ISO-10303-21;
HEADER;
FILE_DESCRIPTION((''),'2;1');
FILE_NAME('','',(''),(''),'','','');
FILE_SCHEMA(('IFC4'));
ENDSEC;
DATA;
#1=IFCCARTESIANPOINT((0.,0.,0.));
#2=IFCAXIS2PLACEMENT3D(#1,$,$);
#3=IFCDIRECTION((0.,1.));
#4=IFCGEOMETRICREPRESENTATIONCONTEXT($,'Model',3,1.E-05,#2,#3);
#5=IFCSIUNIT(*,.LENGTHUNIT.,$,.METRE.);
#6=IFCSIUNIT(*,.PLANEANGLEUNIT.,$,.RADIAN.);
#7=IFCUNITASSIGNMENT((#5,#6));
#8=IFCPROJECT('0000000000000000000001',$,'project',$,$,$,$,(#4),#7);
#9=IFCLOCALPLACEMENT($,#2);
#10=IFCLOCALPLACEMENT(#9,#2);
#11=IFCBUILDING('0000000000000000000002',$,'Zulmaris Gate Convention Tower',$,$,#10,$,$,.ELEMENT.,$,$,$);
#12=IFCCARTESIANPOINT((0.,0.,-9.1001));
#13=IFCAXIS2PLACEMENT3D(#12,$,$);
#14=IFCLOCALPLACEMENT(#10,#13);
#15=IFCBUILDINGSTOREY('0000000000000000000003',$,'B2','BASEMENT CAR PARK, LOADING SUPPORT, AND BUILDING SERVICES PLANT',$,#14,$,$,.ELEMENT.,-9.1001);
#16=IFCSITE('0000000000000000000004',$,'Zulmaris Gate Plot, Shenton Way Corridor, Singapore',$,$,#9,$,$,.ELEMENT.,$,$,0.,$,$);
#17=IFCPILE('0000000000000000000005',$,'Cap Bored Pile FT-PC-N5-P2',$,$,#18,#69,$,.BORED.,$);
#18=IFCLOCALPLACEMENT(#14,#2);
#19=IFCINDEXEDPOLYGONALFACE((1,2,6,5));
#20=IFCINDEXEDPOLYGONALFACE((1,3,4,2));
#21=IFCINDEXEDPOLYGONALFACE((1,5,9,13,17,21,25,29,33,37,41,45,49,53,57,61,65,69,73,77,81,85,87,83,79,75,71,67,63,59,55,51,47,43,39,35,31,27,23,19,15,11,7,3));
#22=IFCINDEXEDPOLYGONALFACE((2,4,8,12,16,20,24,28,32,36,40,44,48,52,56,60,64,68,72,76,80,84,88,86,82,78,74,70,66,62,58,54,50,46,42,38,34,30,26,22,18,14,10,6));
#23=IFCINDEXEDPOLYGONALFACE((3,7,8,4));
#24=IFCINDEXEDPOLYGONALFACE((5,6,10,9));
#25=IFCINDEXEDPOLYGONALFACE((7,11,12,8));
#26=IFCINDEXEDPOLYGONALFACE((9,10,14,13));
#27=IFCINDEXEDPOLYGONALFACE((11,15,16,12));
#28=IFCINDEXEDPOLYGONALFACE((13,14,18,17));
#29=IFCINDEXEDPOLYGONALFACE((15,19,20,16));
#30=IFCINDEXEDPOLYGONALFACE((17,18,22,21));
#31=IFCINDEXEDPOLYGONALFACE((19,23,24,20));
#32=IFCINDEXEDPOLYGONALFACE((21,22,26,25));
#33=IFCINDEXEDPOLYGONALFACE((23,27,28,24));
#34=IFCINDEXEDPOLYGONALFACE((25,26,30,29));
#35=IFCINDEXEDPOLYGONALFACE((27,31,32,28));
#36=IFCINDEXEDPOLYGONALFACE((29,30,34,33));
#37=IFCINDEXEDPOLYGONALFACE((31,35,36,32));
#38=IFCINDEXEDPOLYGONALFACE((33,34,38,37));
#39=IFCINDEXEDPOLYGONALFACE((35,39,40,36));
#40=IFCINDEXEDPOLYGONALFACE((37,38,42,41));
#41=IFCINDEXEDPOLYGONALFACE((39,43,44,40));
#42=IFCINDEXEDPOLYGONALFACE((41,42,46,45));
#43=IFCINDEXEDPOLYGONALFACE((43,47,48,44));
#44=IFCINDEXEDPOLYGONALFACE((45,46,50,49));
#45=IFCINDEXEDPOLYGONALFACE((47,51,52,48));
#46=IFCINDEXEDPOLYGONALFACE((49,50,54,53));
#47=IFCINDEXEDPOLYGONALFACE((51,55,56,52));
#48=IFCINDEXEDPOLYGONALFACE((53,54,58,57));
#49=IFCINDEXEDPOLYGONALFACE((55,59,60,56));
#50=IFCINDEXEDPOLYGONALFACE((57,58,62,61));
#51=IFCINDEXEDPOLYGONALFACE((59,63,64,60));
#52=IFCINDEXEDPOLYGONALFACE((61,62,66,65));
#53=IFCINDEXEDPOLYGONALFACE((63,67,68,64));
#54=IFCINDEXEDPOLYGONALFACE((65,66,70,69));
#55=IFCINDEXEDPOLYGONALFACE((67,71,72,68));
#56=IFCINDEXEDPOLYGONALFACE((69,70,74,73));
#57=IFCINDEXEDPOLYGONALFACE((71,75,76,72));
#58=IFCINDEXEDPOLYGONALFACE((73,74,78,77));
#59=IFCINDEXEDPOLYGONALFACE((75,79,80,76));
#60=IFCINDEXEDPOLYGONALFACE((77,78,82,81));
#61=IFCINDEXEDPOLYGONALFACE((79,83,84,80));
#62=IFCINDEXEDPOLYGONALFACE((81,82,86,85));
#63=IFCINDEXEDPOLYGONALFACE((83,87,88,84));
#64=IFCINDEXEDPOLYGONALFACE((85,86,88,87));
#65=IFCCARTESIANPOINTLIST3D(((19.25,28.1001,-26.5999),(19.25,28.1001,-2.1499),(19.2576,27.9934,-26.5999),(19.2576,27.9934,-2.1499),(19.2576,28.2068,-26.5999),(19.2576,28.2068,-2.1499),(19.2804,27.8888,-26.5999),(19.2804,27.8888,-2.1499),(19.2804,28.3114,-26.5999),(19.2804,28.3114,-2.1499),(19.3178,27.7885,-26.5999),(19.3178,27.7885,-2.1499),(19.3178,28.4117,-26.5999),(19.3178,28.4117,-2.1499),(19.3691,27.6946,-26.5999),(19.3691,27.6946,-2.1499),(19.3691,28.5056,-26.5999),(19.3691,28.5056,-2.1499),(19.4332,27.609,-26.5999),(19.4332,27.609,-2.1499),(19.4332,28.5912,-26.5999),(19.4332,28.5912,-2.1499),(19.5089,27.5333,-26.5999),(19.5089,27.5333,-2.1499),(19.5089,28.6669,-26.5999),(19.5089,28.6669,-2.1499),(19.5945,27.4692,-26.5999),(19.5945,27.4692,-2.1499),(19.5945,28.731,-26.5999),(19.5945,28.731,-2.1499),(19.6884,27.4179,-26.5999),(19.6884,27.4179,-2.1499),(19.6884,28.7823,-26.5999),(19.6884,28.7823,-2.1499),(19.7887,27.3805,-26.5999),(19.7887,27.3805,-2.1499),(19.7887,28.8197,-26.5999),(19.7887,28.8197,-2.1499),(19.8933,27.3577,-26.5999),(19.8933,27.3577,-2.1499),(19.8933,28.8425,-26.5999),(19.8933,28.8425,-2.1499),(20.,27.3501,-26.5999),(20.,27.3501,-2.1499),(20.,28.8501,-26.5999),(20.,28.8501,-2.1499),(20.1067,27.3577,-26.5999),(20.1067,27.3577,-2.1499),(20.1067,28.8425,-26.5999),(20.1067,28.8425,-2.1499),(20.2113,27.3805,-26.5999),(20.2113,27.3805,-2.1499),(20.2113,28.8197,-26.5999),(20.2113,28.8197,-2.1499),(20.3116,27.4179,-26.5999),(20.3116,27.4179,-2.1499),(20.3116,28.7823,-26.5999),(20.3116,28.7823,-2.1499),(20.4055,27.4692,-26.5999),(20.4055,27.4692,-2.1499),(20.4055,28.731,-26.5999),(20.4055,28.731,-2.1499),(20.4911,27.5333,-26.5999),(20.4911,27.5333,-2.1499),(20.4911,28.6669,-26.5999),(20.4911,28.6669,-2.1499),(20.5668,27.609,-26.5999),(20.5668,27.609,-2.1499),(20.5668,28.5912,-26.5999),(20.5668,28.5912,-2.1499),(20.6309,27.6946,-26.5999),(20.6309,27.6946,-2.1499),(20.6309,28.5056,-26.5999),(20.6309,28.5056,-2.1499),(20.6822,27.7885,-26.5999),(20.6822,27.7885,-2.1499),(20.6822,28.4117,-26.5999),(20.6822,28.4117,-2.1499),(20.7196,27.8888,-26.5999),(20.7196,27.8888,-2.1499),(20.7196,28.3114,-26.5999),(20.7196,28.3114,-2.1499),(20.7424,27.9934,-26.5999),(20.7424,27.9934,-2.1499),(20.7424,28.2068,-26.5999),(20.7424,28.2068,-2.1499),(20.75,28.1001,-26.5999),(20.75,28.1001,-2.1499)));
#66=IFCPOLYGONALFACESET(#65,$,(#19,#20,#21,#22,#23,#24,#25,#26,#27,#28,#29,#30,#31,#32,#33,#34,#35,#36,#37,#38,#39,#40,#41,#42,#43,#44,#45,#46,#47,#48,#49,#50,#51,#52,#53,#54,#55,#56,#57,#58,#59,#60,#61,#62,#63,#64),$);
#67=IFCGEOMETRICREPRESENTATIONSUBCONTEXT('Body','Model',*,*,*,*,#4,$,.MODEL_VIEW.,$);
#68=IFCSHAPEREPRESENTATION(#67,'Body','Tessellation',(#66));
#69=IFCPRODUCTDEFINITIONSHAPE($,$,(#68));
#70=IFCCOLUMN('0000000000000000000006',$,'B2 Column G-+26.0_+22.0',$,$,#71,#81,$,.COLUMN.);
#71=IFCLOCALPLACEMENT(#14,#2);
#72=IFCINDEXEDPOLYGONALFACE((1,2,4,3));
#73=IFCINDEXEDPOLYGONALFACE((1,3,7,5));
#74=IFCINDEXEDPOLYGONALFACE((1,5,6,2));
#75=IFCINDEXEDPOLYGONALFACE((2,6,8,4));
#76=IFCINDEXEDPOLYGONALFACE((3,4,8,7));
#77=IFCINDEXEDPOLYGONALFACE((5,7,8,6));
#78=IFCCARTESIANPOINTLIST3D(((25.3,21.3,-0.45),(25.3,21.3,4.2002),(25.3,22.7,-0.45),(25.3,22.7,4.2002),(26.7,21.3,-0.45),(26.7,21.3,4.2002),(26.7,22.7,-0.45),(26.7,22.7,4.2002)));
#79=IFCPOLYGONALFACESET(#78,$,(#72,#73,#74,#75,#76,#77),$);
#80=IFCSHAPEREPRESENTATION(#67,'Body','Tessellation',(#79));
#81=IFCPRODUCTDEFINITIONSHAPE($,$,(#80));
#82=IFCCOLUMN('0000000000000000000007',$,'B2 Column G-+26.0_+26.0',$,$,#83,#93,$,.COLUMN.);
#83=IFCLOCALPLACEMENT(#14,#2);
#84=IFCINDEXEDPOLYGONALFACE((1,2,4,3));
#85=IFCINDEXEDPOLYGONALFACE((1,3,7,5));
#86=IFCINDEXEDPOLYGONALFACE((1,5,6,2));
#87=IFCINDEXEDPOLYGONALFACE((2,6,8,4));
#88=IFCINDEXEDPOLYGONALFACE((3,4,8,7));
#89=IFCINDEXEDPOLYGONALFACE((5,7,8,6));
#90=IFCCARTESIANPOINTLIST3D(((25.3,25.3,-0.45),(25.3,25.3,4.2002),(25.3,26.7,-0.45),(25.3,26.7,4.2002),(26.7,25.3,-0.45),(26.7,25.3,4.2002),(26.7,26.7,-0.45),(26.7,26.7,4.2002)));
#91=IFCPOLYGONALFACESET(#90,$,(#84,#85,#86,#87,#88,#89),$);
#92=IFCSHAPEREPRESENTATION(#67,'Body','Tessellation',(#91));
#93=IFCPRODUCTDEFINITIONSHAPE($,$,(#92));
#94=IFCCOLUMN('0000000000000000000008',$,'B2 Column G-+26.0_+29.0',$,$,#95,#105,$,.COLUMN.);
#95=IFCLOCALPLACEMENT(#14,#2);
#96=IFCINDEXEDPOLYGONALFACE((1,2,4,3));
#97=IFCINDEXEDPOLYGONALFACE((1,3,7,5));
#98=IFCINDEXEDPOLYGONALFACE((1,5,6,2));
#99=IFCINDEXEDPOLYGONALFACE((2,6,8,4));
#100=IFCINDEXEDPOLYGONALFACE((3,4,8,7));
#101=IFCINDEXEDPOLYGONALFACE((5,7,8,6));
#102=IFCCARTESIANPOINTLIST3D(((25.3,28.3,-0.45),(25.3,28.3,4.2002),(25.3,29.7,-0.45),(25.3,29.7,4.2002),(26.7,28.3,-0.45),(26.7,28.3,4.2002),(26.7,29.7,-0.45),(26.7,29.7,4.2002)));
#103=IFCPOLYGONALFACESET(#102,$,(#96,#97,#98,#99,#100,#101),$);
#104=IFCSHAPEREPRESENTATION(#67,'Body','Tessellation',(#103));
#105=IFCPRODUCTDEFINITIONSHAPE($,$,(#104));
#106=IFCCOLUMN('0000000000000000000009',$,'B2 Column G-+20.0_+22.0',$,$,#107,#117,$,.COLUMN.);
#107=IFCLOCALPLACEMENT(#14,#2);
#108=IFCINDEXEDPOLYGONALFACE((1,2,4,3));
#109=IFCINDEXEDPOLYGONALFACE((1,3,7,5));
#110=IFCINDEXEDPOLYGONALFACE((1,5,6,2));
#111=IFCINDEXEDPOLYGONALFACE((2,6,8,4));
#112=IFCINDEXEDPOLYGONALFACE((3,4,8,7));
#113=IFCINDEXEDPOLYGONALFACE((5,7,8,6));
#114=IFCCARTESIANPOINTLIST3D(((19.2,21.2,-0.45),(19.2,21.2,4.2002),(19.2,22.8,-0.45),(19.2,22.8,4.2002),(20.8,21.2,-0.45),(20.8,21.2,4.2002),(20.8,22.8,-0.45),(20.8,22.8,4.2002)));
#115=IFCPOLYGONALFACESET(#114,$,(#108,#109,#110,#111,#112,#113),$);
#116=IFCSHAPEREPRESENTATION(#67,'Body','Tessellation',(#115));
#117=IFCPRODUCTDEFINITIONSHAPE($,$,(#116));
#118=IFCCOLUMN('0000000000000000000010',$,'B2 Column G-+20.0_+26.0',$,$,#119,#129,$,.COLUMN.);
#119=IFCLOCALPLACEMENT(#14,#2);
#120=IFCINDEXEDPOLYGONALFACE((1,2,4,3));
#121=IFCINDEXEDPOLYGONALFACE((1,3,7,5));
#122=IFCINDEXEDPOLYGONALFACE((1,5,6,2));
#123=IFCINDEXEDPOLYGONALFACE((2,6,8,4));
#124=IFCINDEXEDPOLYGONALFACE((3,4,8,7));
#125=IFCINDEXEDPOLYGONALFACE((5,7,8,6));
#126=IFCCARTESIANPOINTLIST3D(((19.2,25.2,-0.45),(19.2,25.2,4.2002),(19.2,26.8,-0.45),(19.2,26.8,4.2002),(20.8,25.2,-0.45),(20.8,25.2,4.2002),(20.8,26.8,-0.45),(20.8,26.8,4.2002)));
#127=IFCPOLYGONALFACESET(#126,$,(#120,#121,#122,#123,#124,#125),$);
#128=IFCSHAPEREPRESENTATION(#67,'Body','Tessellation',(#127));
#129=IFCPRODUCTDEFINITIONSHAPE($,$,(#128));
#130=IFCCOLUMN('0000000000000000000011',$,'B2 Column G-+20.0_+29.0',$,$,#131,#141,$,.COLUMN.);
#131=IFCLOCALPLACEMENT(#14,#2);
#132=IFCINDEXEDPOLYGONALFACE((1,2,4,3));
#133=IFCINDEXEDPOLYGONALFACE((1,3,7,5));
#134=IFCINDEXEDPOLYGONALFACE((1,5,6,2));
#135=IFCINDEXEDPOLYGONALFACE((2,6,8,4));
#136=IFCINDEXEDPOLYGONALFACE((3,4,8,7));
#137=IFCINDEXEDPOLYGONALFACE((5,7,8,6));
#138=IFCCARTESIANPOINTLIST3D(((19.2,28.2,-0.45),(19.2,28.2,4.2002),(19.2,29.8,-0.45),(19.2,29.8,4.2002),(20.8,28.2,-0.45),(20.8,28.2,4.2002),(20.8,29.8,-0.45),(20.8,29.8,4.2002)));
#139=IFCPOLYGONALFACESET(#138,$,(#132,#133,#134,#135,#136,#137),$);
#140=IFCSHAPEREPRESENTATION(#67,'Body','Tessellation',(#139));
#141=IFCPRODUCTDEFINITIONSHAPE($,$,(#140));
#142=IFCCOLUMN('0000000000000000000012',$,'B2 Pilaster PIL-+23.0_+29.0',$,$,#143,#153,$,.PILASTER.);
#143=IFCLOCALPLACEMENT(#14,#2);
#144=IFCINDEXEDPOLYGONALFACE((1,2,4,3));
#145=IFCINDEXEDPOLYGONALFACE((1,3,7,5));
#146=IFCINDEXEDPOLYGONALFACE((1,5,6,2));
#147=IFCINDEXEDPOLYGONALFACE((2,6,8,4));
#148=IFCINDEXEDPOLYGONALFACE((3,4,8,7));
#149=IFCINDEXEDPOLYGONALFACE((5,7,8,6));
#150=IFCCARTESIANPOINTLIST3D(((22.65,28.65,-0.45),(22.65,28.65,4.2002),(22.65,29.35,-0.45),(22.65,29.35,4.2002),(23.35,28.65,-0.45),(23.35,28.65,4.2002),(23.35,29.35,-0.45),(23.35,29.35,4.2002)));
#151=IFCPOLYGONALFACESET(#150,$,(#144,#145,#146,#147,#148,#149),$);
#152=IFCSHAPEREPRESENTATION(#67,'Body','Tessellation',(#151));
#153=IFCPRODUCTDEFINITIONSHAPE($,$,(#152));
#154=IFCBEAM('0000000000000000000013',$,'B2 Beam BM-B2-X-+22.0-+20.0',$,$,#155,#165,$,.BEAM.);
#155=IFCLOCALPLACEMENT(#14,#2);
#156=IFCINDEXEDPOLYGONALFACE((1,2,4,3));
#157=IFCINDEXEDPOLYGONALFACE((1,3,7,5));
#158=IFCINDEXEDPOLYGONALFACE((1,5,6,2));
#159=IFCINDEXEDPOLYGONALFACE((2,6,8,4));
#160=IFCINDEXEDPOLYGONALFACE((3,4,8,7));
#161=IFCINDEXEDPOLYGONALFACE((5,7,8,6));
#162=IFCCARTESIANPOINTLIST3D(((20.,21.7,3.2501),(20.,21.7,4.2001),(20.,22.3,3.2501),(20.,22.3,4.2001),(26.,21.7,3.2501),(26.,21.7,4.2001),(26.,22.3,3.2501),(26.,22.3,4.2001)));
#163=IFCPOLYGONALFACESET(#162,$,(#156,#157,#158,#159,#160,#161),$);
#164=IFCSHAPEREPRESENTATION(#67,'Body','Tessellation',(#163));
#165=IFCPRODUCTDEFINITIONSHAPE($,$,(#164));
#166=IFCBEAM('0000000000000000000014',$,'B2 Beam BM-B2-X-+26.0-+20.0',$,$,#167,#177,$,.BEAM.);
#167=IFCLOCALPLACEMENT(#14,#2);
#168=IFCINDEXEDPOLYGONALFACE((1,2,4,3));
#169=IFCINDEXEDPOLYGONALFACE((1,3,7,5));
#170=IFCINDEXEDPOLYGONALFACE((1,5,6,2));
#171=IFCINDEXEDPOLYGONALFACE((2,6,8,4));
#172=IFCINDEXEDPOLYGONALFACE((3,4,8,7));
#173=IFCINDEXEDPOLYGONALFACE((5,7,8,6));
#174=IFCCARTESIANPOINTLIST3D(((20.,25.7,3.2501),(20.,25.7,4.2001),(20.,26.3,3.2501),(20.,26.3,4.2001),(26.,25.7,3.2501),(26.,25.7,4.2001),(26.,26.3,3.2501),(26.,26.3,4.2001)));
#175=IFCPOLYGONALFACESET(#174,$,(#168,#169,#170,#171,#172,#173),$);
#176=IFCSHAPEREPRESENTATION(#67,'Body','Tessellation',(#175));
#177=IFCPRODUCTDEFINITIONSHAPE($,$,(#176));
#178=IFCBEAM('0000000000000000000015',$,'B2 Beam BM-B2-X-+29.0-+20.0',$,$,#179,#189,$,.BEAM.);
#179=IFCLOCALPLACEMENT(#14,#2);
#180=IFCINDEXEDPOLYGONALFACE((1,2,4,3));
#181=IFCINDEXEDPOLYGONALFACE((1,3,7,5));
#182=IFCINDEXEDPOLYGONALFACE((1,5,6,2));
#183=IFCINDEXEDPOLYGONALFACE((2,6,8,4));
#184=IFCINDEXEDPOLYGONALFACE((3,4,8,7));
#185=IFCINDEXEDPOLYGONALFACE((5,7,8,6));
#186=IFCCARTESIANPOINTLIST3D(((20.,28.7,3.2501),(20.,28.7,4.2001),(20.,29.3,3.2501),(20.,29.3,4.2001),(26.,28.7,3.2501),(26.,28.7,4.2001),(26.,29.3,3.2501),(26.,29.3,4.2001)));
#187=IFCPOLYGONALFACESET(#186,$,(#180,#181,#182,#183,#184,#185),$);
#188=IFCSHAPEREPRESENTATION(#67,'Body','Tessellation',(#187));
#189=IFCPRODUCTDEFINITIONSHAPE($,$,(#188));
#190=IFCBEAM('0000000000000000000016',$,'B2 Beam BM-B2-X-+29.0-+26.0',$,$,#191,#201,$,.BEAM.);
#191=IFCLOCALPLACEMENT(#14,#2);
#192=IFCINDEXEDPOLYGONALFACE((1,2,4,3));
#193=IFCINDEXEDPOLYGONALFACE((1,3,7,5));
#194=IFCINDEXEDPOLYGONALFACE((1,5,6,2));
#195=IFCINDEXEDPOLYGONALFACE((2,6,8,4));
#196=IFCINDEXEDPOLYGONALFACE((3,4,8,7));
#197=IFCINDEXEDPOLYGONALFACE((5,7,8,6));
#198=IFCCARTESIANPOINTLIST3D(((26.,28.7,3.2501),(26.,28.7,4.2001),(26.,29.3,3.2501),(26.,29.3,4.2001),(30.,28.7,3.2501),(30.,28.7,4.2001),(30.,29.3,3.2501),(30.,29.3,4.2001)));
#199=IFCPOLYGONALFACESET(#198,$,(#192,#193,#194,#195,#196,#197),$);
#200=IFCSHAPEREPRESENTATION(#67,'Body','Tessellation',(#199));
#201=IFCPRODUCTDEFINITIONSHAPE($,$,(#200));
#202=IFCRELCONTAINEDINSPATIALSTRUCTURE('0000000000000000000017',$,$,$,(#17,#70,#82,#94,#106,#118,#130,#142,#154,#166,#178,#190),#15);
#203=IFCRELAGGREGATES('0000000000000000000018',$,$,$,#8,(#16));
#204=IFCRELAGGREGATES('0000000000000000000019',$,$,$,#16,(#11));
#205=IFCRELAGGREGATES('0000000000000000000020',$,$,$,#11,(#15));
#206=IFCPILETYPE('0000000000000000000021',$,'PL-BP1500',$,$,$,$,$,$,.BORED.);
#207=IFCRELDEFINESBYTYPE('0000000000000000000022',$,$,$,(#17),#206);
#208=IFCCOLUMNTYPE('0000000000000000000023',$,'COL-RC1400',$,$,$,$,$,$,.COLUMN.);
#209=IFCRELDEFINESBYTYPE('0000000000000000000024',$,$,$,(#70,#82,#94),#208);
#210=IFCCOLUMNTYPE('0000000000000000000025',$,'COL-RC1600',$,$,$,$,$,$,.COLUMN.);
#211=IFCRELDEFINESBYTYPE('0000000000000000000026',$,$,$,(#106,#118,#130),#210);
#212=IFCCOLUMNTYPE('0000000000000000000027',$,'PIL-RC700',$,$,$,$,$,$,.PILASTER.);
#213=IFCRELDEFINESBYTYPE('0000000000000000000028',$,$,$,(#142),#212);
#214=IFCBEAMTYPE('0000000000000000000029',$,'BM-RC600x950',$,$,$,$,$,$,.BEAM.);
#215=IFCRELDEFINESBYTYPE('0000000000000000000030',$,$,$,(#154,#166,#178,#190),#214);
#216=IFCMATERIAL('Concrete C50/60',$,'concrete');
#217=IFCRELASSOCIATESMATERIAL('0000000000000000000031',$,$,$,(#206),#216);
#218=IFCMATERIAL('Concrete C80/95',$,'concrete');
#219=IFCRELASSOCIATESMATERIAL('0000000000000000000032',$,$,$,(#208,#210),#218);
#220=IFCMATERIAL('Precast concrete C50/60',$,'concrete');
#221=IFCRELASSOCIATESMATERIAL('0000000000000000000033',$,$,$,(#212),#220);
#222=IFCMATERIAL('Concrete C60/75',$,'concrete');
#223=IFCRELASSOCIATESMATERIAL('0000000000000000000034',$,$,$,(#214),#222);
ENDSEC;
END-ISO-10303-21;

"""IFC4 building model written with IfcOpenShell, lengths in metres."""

from ifc_helpers import new_model, si_unit, direction, frame, origin, origin_2d, place, context, subcontext, project, spatial, rectangle, circle, extrude, material, material_profile, profile_set, type_object, element, save


model = new_model("IFC4")

# Units and contexts
model_context = context("Model", 3, precision=1e-05, world=origin(), true_north=direction((0.0, 1.0)))
body_context = subcontext(model_context, "Body", "Model", "MODEL_VIEW")
ifc_project = project(units=[si_unit("LENGTHUNIT", "METRE"), si_unit("PLANEANGLEUNIT", "RADIAN")], contexts=[model_context])

# Site, building, storey
site_placement = place(None, origin())
site = spatial("IfcSite", under=ifc_project, at=site_placement, Name="Zulmaris Gate Plot, Shenton Way Corridor, Singapore", CompositionType="ELEMENT", RefElevation=0.0)
building_placement = place(site_placement, origin())
building = spatial("IfcBuilding", under=site, at=building_placement, Name="Zulmaris Gate Convention Tower", CompositionType="ELEMENT")
storey_placement = place(building_placement, frame((0.0, 0.0, -9.1001)))
storey = spatial("IfcBuildingStorey", under=building, at=storey_placement, Name="B2", Description="BASEMENT CAR PARK, LOADING SUPPORT, AND BUILDING SERVICES PLANT", CompositionType="ELEMENT", Elevation=-9.1001)

# Shared definitions
ifc_material_1 = material(Name="Concrete C50/60", Category="concrete")

# Pile
ifc_material_profile_1 = material_profile(ifc_material_1, circle(Radius=0.75, at=origin_2d()), Name="BORED PILE 1500")
ifc_profile_set_1 = profile_set([ifc_material_profile_1], Name="Concrete C50/60")
pile_type = type_object("IfcPileType", Name="PL-BP1500", PredefinedType="BORED", material=ifc_profile_set_1)
for number, where, z_axis, x_axis, name in (
    (1, (20.0, 28.1001, -2.1499), (0.0, 0.0, -1.0), (1.0, 0.0, 0.0), "Cap Bored Pile FT-PC-N5-P2"),
):
    element("IfcPile", number, at=place(storey_placement, frame(where, z_axis=z_axis, x_axis=x_axis)), inside=storey, type_object=pile_type, Name=name, PredefinedType="BORED", context=body_context, shape_type="SweptSolid", body=[
        extrude(circle(Radius=0.75, at=origin_2d()), origin(), (0.0, 0.0, 1.0), 24.45),
    ])

# Columns
ifc_material_2 = material(Name="Concrete C80/95", Category="concrete")
ifc_material_profile_2 = material_profile(ifc_material_2, rectangle(XDim=1.3999, YDim=1.3999, at=origin_2d()), Name="RC COL 1400x1400")
ifc_profile_set_2 = profile_set([ifc_material_profile_2], Name="Concrete C80/95")
column_type_1 = type_object("IfcColumnType", Name="COL-RC1400", PredefinedType="COLUMN", material=ifc_profile_set_2)
for number, where, z_axis, x_axis, name in (
    (2, (26.0, 22.0, -0.45), (0.0, 0.0, 1.0), (1.0, 0.0, 0.0), "B2 Column G-+26.0_+22.0"),
    (3, (26.0, 26.0, -0.45), (0.0, 0.0, 1.0), (1.0, 0.0, 0.0), "B2 Column G-+26.0_+26.0"),
    (4, (26.0, 29.0, -0.45), (0.0, 0.0, 1.0), (1.0, 0.0, 0.0), "B2 Column G-+26.0_+29.0"),
):
    element("IfcColumn", number, at=place(storey_placement, frame(where, z_axis=z_axis, x_axis=x_axis)), inside=storey, type_object=column_type_1, Name=name, PredefinedType="COLUMN", context=body_context, shape_type="SweptSolid", body=[
        extrude(rectangle(XDim=1.3999, YDim=1.3999, at=origin_2d()), origin(), (0.0, 0.0, 1.0), 4.6501),
    ])
ifc_material_profile_3 = material_profile(ifc_material_2, rectangle(XDim=1.6001, YDim=1.6001, at=origin_2d()), Name="RC COL 1600x1600")
ifc_profile_set_3 = profile_set([ifc_material_profile_3], Name="Concrete C80/95")
column_type_2 = type_object("IfcColumnType", Name="COL-RC1600", PredefinedType="COLUMN", material=ifc_profile_set_3)
for number, where, z_axis, x_axis, name in (
    (5, (20.0, 22.0, -0.45), (0.0, 0.0, 1.0), (1.0, 0.0, 0.0), "B2 Column G-+20.0_+22.0"),
    (6, (20.0, 26.0, -0.45), (0.0, 0.0, 1.0), (1.0, 0.0, 0.0), "B2 Column G-+20.0_+26.0"),
    (7, (20.0, 29.0, -0.45), (0.0, 0.0, 1.0), (1.0, 0.0, 0.0), "B2 Column G-+20.0_+29.0"),
):
    element("IfcColumn", number, at=place(storey_placement, frame(where, z_axis=z_axis, x_axis=x_axis)), inside=storey, type_object=column_type_2, Name=name, PredefinedType="COLUMN", context=body_context, shape_type="SweptSolid", body=[
        extrude(rectangle(XDim=1.6001, YDim=1.6001, at=origin_2d()), origin(), (0.0, 0.0, 1.0), 4.6501),
    ])
ifc_material_3 = material(Name="Precast concrete C50/60", Category="concrete")
ifc_material_profile_4 = material_profile(ifc_material_3, rectangle(XDim=0.7, YDim=0.7, at=origin_2d()), Name="RC COL 700x700")
ifc_profile_set_4 = profile_set([ifc_material_profile_4], Name="Precast concrete C50/60")
column_type_3 = type_object("IfcColumnType", Name="PIL-RC700", PredefinedType="PILASTER", material=ifc_profile_set_4)
column_placement = place(storey_placement, frame((23.0, 29.0, -0.45), z_axis=(0.0, 0.0, 1.0), x_axis=(1.0, 0.0, 0.0)))
element("IfcColumn", 8, at=column_placement, inside=storey, type_object=column_type_3, Name="B2 Pilaster PIL-+23.0_+29.0", PredefinedType="PILASTER", context=body_context, shape_type="SweptSolid", body=[
    extrude(rectangle(XDim=0.7, YDim=0.7, at=origin_2d()), origin(), (0.0, 0.0, 1.0), 4.6501),
])

# Beams
ifc_material_4 = material(Name="Concrete C60/75", Category="concrete")
ifc_material_profile_5 = material_profile(ifc_material_4, rectangle(XDim=0.6001, YDim=0.95, at=origin_2d()), Name="RC BEAM 600x950")
ifc_profile_set_5 = profile_set([ifc_material_profile_5], Name="Concrete C60/75")
beam_type = type_object("IfcBeamType", Name="BM-RC600x950", PredefinedType="BEAM", material=ifc_profile_set_5)
for number, where, z_axis, x_axis, name in (
    (9, (20.0, 22.0, 3.7251), (1.0, 0.0, 0.0), (0.0, 1.0, 0.0), "B2 Beam BM-B2-X-+22.0-+20.0"),
    (10, (20.0, 26.0, 3.7251), (1.0, 0.0, 0.0), (0.0, 1.0, 0.0), "B2 Beam BM-B2-X-+26.0-+20.0"),
    (11, (20.0, 29.0, 3.7251), (1.0, 0.0, 0.0), (0.0, 1.0, 0.0), "B2 Beam BM-B2-X-+29.0-+20.0"),
):
    element("IfcBeam", number, at=place(storey_placement, frame(where, z_axis=z_axis, x_axis=x_axis)), inside=storey, type_object=beam_type, Name=name, PredefinedType="BEAM", context=body_context, shape_type="SweptSolid", body=[
        extrude(rectangle(XDim=0.6001, YDim=0.95, at=origin_2d()), origin(), (0.0, 0.0, 1.0), 6.0),
    ])
for number, where, z_axis, x_axis, name in (
    (12, (26.0, 29.0, 3.7251), (1.0, 0.0, 0.0), (0.0, 1.0, 0.0), "B2 Beam BM-B2-X-+29.0-+26.0"),
):
    element("IfcBeam", number, at=place(storey_placement, frame(where, z_axis=z_axis, x_axis=x_axis)), inside=storey, type_object=beam_type, Name=name, PredefinedType="BEAM", context=body_context, shape_type="SweptSolid", body=[
        extrude(rectangle(XDim=0.6001, YDim=0.95, at=origin_2d()), origin(), (0.0, 0.0, 1.0), 4.0),
    ])

save(model, "model.ifc")
